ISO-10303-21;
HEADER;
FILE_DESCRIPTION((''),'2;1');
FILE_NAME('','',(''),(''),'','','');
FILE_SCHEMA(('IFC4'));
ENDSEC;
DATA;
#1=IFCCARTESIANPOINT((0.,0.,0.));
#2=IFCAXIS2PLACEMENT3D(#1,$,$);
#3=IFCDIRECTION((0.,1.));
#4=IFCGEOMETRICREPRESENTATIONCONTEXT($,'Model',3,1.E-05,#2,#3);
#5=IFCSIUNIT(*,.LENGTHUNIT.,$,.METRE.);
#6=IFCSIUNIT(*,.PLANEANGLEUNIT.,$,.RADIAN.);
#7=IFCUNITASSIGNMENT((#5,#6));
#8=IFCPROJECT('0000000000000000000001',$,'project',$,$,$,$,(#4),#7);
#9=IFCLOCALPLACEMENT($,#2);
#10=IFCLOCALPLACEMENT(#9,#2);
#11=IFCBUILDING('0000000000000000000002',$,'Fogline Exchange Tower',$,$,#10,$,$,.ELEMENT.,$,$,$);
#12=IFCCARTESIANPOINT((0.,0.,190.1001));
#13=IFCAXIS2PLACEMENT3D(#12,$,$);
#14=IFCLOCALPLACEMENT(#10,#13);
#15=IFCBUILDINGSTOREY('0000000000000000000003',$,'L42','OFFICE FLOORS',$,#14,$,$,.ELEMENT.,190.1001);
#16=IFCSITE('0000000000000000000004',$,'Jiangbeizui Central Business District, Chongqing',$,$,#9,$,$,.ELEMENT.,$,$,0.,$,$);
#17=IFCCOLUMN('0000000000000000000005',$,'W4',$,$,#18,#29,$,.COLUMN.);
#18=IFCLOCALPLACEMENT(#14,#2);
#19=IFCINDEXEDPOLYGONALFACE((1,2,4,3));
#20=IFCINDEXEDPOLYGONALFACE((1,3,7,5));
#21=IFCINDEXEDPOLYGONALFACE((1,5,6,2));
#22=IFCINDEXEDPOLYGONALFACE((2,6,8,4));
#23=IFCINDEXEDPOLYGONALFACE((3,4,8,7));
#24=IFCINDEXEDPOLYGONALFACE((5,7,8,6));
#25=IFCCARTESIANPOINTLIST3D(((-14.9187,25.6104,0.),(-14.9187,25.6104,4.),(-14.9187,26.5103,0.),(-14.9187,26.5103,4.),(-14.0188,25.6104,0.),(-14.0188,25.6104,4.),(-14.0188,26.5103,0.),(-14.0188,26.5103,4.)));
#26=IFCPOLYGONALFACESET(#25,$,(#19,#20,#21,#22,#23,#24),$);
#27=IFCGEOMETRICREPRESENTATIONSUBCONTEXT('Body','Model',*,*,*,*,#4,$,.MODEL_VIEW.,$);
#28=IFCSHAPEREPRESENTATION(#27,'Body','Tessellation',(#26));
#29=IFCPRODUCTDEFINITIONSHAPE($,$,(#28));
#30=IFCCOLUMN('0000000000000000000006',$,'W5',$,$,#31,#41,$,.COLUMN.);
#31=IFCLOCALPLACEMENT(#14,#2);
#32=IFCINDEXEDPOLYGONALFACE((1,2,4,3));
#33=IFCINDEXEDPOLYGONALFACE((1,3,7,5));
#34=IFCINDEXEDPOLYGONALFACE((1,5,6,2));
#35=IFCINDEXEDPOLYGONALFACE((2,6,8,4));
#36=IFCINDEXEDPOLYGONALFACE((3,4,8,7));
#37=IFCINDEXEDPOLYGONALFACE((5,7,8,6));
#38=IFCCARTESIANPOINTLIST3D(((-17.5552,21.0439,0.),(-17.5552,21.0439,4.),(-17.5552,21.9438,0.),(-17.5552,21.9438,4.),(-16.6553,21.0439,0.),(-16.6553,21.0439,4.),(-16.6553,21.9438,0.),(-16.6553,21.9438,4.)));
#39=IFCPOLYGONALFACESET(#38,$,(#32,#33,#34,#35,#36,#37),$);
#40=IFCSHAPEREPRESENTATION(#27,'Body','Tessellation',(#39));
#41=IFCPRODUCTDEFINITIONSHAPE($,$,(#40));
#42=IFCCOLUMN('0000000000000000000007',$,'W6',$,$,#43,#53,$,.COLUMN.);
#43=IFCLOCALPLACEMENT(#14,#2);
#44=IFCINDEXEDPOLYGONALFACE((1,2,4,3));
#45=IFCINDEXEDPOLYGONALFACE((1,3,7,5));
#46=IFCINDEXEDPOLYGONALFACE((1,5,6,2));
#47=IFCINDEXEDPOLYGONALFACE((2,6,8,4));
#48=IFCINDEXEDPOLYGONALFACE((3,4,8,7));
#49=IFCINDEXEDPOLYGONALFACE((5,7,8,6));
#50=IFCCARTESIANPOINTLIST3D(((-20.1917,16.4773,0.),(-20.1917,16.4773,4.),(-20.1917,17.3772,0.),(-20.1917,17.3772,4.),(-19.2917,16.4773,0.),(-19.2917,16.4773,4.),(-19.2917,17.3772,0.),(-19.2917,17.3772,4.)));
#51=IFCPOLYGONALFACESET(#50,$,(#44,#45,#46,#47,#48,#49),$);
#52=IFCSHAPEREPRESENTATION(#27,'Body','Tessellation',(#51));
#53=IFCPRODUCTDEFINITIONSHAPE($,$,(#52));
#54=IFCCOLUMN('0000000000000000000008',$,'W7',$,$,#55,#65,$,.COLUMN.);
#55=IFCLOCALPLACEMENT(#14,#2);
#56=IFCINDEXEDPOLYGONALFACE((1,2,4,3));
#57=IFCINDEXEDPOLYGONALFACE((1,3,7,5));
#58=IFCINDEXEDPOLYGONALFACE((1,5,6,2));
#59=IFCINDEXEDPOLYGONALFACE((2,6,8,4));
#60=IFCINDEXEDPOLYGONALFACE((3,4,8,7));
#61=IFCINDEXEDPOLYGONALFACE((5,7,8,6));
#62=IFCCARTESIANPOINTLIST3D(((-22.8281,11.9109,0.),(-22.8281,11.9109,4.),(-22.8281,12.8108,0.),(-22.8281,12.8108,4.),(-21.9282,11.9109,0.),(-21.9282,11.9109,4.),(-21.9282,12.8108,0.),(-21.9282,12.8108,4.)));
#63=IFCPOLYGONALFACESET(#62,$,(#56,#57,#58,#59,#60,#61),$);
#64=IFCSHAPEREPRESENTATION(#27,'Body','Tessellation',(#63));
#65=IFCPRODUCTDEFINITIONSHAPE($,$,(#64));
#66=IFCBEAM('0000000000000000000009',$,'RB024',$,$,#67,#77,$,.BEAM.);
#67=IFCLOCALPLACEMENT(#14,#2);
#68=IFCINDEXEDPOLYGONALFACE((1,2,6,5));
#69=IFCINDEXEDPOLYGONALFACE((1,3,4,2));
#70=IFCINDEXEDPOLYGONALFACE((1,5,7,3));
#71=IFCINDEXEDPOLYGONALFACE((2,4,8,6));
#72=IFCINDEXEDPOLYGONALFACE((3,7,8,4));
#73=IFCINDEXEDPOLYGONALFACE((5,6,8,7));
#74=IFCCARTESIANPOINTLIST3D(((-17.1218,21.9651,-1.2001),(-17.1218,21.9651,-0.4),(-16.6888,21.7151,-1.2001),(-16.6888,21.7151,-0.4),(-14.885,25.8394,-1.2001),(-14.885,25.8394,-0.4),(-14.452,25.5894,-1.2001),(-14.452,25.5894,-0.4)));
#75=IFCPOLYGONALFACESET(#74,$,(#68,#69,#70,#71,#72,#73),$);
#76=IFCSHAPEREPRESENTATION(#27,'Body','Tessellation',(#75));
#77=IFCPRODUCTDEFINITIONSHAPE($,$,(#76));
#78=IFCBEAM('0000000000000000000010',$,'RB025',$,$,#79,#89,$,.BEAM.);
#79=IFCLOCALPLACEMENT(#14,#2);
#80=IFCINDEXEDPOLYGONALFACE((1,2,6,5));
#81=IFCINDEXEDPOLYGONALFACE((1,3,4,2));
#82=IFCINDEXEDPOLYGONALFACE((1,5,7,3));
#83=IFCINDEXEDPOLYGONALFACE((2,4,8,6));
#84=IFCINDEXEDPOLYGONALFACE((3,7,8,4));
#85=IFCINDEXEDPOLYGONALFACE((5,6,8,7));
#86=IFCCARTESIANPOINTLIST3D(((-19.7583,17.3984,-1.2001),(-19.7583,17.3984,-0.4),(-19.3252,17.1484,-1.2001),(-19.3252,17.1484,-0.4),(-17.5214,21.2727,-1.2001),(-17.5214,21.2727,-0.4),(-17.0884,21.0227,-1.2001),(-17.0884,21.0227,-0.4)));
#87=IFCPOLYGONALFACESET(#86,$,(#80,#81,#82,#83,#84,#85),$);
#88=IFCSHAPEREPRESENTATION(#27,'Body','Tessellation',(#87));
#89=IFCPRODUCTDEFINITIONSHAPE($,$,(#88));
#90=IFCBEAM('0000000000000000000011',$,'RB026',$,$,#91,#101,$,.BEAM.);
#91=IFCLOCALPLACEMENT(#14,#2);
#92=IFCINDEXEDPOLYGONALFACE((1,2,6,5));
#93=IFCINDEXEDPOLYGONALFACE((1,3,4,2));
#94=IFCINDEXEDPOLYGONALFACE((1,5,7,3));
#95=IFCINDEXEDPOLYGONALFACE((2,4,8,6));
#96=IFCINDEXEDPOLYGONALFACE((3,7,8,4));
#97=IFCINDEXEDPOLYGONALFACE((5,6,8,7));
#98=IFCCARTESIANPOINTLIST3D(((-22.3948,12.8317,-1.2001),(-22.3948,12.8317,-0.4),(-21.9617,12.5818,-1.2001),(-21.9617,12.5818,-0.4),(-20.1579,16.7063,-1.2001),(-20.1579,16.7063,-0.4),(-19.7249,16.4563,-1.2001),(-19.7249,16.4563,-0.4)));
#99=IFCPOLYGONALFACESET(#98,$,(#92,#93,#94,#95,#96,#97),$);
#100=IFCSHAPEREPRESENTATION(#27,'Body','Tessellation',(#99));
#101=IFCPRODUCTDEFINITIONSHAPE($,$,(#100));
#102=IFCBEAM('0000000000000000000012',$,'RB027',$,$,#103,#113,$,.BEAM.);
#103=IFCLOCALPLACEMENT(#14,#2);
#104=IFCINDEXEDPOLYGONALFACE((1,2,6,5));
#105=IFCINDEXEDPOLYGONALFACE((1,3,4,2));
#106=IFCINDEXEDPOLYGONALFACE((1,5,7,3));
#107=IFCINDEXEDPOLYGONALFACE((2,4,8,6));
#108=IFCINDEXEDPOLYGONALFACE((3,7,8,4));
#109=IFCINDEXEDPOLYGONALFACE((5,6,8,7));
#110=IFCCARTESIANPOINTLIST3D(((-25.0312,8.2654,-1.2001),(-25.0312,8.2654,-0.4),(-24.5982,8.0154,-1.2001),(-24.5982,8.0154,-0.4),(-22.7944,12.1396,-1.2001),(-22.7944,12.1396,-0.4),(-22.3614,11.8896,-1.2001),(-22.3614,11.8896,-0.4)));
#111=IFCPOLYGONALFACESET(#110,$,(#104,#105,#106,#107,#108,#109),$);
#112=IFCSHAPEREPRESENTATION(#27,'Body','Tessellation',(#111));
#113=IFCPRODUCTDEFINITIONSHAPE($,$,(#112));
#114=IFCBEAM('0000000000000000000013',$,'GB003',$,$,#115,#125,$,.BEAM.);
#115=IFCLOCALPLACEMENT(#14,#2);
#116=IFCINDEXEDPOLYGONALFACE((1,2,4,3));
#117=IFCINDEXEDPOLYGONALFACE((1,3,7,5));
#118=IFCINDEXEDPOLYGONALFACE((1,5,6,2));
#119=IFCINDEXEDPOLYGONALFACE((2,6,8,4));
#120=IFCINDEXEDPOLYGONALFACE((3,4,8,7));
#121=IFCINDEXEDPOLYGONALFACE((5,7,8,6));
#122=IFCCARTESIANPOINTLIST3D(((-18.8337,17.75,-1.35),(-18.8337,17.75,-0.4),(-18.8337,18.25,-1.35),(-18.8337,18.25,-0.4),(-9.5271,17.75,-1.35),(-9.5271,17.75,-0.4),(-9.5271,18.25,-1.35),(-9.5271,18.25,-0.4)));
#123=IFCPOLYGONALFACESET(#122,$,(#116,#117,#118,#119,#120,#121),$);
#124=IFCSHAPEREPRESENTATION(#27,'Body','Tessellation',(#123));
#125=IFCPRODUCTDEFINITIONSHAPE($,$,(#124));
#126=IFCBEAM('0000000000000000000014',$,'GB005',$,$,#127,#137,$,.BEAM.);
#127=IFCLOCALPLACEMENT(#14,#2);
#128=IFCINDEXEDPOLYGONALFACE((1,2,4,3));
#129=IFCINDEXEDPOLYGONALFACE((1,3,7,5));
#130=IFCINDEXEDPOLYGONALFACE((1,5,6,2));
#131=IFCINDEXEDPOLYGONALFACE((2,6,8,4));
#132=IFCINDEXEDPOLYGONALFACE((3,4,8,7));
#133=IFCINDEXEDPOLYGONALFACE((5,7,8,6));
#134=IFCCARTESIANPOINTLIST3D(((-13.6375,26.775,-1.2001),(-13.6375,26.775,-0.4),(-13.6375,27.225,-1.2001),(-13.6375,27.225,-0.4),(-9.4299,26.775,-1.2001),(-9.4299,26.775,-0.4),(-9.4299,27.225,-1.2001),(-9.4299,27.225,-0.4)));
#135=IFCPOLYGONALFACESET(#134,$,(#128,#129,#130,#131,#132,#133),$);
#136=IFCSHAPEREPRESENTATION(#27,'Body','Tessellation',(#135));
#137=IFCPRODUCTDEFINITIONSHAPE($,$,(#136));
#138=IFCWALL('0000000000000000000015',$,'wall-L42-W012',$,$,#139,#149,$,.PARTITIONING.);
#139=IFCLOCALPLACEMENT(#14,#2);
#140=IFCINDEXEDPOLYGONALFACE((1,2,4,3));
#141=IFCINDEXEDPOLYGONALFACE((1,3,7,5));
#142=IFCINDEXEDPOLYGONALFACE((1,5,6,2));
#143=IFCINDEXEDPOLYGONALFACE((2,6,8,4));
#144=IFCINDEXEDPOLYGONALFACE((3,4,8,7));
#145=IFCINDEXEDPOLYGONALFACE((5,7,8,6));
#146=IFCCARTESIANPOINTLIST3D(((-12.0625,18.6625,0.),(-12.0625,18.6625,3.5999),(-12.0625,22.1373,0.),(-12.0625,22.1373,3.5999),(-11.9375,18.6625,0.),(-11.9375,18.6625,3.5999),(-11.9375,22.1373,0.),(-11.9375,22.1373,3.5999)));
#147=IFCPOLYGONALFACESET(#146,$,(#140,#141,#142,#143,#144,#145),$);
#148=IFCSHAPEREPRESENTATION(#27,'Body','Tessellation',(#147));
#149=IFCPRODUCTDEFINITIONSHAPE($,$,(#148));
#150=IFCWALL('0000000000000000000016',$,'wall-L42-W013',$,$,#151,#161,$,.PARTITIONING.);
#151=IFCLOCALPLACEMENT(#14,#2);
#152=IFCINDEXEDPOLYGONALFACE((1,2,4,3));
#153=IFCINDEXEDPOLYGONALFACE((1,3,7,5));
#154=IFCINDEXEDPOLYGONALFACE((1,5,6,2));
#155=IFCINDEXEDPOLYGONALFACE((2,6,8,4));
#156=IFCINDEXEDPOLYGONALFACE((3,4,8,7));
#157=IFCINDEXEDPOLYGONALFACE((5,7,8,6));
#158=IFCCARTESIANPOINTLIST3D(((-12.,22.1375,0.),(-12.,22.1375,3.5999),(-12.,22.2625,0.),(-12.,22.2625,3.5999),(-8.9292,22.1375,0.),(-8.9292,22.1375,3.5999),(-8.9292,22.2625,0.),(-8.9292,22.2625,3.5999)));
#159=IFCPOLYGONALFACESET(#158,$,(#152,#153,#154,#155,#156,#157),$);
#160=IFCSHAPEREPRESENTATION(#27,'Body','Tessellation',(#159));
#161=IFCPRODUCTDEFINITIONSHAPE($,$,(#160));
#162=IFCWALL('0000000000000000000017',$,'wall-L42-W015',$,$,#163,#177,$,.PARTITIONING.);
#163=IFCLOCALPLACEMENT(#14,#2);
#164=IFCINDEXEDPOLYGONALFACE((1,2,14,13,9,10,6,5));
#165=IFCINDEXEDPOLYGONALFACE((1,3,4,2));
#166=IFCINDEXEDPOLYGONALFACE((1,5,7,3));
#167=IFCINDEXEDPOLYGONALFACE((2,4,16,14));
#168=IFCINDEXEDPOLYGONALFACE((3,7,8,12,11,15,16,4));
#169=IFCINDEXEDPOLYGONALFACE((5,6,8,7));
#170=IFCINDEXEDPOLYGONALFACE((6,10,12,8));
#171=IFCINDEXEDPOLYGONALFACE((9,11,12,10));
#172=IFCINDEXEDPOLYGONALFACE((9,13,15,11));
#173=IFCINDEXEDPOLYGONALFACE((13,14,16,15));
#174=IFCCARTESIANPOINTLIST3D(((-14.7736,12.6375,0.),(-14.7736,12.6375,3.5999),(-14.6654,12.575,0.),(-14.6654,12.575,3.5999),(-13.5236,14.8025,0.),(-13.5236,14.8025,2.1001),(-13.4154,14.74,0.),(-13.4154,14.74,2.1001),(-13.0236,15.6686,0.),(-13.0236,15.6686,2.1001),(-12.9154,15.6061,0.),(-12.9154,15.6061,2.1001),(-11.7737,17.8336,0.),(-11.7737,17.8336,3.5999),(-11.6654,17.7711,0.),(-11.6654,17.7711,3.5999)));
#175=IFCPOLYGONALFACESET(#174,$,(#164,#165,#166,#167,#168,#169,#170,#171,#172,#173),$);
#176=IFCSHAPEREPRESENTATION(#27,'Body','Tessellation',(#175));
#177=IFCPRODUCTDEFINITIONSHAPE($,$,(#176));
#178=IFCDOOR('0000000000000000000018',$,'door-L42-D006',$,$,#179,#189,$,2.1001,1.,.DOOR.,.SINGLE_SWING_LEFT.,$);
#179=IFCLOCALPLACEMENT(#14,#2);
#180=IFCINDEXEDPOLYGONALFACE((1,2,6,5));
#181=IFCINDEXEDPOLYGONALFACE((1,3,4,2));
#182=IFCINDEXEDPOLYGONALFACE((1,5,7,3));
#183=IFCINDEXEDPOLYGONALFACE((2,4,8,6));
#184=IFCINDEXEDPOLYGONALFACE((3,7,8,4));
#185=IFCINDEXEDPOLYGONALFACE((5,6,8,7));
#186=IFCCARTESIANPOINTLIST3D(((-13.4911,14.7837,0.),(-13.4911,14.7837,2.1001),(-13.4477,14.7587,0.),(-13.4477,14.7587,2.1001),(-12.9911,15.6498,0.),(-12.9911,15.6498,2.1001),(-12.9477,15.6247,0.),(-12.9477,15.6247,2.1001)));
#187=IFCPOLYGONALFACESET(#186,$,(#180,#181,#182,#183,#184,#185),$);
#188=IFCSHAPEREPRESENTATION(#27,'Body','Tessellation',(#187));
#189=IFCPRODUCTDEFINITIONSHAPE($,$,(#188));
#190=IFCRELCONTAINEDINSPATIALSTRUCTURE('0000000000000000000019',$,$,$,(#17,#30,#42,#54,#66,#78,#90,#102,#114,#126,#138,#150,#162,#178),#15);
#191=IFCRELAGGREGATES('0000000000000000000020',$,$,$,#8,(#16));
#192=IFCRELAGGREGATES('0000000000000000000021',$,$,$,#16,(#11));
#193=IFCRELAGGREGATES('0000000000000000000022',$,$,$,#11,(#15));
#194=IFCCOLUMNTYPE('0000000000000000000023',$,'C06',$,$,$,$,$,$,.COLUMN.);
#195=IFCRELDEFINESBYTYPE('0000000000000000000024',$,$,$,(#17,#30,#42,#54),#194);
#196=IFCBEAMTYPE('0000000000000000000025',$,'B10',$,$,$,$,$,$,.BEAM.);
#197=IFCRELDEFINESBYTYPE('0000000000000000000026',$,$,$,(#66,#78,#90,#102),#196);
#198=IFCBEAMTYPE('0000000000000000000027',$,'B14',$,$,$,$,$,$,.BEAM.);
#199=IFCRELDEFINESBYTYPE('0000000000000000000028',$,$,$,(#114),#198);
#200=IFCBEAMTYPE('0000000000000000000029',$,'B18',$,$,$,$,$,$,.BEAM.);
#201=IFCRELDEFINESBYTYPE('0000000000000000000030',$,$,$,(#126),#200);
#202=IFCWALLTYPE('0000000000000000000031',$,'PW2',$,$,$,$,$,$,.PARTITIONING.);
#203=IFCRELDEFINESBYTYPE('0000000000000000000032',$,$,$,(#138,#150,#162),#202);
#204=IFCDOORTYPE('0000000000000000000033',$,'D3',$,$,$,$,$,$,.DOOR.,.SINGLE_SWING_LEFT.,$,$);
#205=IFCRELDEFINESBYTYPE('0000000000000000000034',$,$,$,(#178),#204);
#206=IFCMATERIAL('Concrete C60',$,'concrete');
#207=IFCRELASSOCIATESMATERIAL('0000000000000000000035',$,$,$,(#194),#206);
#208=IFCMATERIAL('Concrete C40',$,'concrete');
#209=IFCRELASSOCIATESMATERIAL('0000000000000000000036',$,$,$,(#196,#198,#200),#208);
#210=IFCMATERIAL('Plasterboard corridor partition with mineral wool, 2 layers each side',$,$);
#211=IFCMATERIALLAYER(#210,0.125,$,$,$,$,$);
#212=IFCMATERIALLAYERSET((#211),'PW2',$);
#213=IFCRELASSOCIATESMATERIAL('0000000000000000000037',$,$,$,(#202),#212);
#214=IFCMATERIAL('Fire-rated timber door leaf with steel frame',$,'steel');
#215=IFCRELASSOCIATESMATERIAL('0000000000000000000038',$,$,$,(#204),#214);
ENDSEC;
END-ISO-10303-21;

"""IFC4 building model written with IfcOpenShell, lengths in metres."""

from ifc_helpers import new_model, si_unit, direction, frame, frame_2d, origin, origin_2d, place, context, subcontext, project, spatial, rectangle, extrude, material, layer, layer_set, material_profile, profile_set, type_object, element, fill, save


model = new_model("IFC4")

# Units and contexts
model_context = context("Model", 3, precision=1e-05, world=origin(), true_north=direction((0.0, 1.0)))
body_context = subcontext(model_context, "Body", "Model", "MODEL_VIEW")
ifc_project = project(units=[si_unit("LENGTHUNIT", "METRE"), si_unit("PLANEANGLEUNIT", "RADIAN")], contexts=[model_context])

# Site, building, storey
site_placement = place(None, origin())
site = spatial("IfcSite", under=ifc_project, at=site_placement, Name="Jiangbeizui Central Business District, Chongqing", CompositionType="ELEMENT", RefElevation=0.0)
building_placement = place(site_placement, origin())
building = spatial("IfcBuilding", under=site, at=building_placement, Name="Fogline Exchange Tower", CompositionType="ELEMENT")
storey_placement = place(building_placement, frame((0.0, 0.0, 190.1001)))
storey = spatial("IfcBuildingStorey", under=building, at=storey_placement, Name="L42", Description="OFFICE FLOORS", CompositionType="ELEMENT", Elevation=190.1001)

# Columns
ifc_material_1 = material(Name="Concrete C60", Category="concrete")
ifc_material_profile_1 = material_profile(ifc_material_1, rectangle(XDim=0.8999, YDim=0.8999, at=origin_2d()), Name="RC 900x900")
ifc_profile_set_1 = profile_set([ifc_material_profile_1], Name="Concrete C60")
column_type = type_object("IfcColumnType", Name="C06", PredefinedType="COLUMN", material=ifc_profile_set_1)
for number, where, z_axis, x_axis, name in (
    (1, (-14.4688, 26.0603, 0.0), (0.0, 0.0, 1.0), (1.0, 0.0, 0.0), "W4"),
    (2, (-17.1052, 21.4939, 0.0), (0.0, 0.0, 1.0), (1.0, 0.0, 0.0), "W5"),
    (3, (-19.7417, 16.9272, 0.0), (0.0, 0.0, 1.0), (1.0, 0.0, 0.0), "W6"),
    (4, (-22.3782, 12.3608, 0.0), (0.0, 0.0, 1.0), (1.0, 0.0, 0.0), "W7"),
):
    element("IfcColumn", number, at=place(storey_placement, frame(where, z_axis=z_axis, x_axis=x_axis)), inside=storey, type_object=column_type, Name=name, PredefinedType="COLUMN", context=body_context, shape_type="SweptSolid", body=[
        extrude(rectangle(XDim=0.8999, YDim=0.8999, at=origin_2d()), origin(), (0.0, 0.0, 1.0), 4.0),
    ])

# Beams
ifc_material_2 = material(Name="Concrete C40", Category="concrete")
ifc_material_profile_2 = material_profile(ifc_material_2, rectangle(XDim=0.5, YDim=0.8, at=origin_2d()), Name="RC 500x800")
ifc_profile_set_2 = profile_set([ifc_material_profile_2], Name="Concrete C40")
beam_type_1 = type_object("IfcBeamType", Name="B10", PredefinedType="BEAM", material=ifc_profile_set_2)
for number, where, z_axis, x_axis, name in (
    (5, (-14.6685, 25.7144, -0.8), (-0.500001, -0.866025, 0.0), (0.866025, -0.500001, 0.0), "RB024"),
    (6, (-17.3049, 21.1477, -0.8), (-0.500001, -0.866025, 0.0), (0.866025, -0.500001, 0.0), "RB025"),
):
    element("IfcBeam", number, at=place(storey_placement, frame(where, z_axis=z_axis, x_axis=x_axis)), inside=storey, type_object=beam_type_1, Name=name, PredefinedType="BEAM", context=body_context, shape_type="SweptSolid", body=[
        extrude(rectangle(XDim=0.5, YDim=0.8, at=origin_2d()), origin(), (0.0, 0.0, 1.0), 4.4736),
    ])
beam_1_placement = place(storey_placement, frame((-19.9414, 16.5813, -0.8), z_axis=(-0.499978, -0.866038, 0.0), x_axis=(0.866038, -0.499978, 0.0)))
element("IfcBeam", 7, at=beam_1_placement, inside=storey, type_object=beam_type_1, Name="RB026", PredefinedType="BEAM", context=body_context, shape_type="SweptSolid", body=[
    extrude(rectangle(XDim=0.5, YDim=0.8, at=origin_2d()), origin(), (0.0, 0.0, 1.0), 4.4739),
])
beam_2_placement = place(storey_placement, frame((-22.5779, 12.0146, -0.8), z_axis=(-0.500001, -0.866025, 0.0), x_axis=(0.866025, -0.500001, 0.0)))
element("IfcBeam", 8, at=beam_2_placement, inside=storey, type_object=beam_type_1, Name="RB027", PredefinedType="BEAM", context=body_context, shape_type="SweptSolid", body=[
    extrude(rectangle(XDim=0.5, YDim=0.8, at=origin_2d()), origin(), (0.0, 0.0, 1.0), 4.4736),
])
ifc_material_profile_3 = material_profile(ifc_material_2, rectangle(XDim=0.5, YDim=0.95, at=origin_2d()), Name="RC 500x950")
ifc_profile_set_3 = profile_set([ifc_material_profile_3], Name="Concrete C40")
beam_type_2 = type_object("IfcBeamType", Name="B14", PredefinedType="BEAM", material=ifc_profile_set_3)
beam_3_placement = place(storey_placement, frame((-18.8337, 18.0, -0.875), z_axis=(1.0, 0.0, 0.0), x_axis=(0.0, 1.0, 0.0)))
element("IfcBeam", 9, at=beam_3_placement, inside=storey, type_object=beam_type_2, Name="GB003", PredefinedType="BEAM", context=body_context, shape_type="SweptSolid", body=[
    extrude(rectangle(XDim=0.5, YDim=0.95, at=origin_2d()), origin(), (0.0, 0.0, 1.0), 9.3066),
])
ifc_material_profile_4 = material_profile(ifc_material_2, rectangle(XDim=0.45, YDim=0.8, at=origin_2d()), Name="RC 450x800")
ifc_profile_set_4 = profile_set([ifc_material_profile_4], Name="Concrete C40")
beam_type_3 = type_object("IfcBeamType", Name="B18", PredefinedType="BEAM", material=ifc_profile_set_4)
beam_4_placement = place(storey_placement, frame((-13.6375, 27.0, -0.8), z_axis=(1.0, 0.0, 0.0), x_axis=(0.0, 1.0, 0.0)))
element("IfcBeam", 10, at=beam_4_placement, inside=storey, type_object=beam_type_3, Name="GB005", PredefinedType="BEAM", context=body_context, shape_type="SweptSolid", body=[
    extrude(rectangle(XDim=0.45, YDim=0.8, at=origin_2d()), origin(), (0.0, 0.0, 1.0), 4.2075),
])

# Walls
ifc_material_3 = material(Name="Plasterboard corridor partition with mineral wool, 2 layers each side")
ifc_layer_1 = layer(ifc_material_3, 0.125)
ifc_layer_set_1 = layer_set([ifc_layer_1], Name="PW2")
wall_type_1 = type_object("IfcWallType", Name="PW2", PredefinedType="PARTITIONING", material=ifc_layer_set_1)
wall_1_placement = place(storey_placement, frame((-12.0, 18.6626, 0.0), z_axis=(0.0, 0.0, 1.0), x_axis=(0.0, 1.0, 0.0)))
element("IfcWall", 11, at=wall_1_placement, inside=storey, type_object=wall_type_1, Name="wall-L42-W012", PredefinedType="PARTITIONING", context=body_context, shape_type="SweptSolid", body=[
    extrude(rectangle(XDim=3.4749, YDim=0.125, at=frame_2d((1.7373, 0.0))), origin(), (0.0, 0.0, 1.0), 3.5999),
])
wall_2_placement = place(storey_placement, frame((-12.0, 22.2, 0.0), z_axis=(0.0, 0.0, 1.0), x_axis=(1.0, 0.0, 0.0)))
element("IfcWall", 12, at=wall_2_placement, inside=storey, type_object=wall_type_1, Name="wall-L42-W013", PredefinedType="PARTITIONING", context=body_context, shape_type="SweptSolid", body=[
    extrude(rectangle(XDim=3.0708, YDim=0.125, at=frame_2d((1.5354, 0.0))), origin(), (0.0, 0.0, 1.0), 3.5999),
])

# Wall, opening, door
wall_3_placement = place(storey_placement, frame((-14.7195, 12.6062, 0.0), z_axis=(0.0, 0.0, 1.0), x_axis=(0.49999, 0.866031, 0.0)))
wall_3 = element("IfcWall", 13, at=wall_3_placement, inside=storey, type_object=wall_type_1, Name="wall-L42-W015", PredefinedType="PARTITIONING", context=body_context, shape_type="SweptSolid", body=[
    extrude(rectangle(XDim=6.0, YDim=0.125, at=frame_2d((3.0, 0.0))), origin(), (0.0, 0.0, 1.0), 3.5999),
])
opening_placement = place(wall_3_placement, frame((2.5, 0.0, 0.0)))
opening = element("IfcOpeningElement", 14, at=opening_placement, cuts=wall_3, PredefinedType="OPENING", context=body_context, shape_type="SweptSolid", body=[
    extrude(rectangle(XDim=1.0, YDim=2.1001, at=frame_2d((0.5, 1.05))), frame((0.0, 0.0725, 0.0), z_axis=(0.0, -1.0, 0.0), x_axis=(1.0, 0.0, 0.0)), (0.0, 0.0, 1.0), 0.145),
])
ifc_material_4 = material(Name="Fire-rated timber door leaf with steel frame", Category="steel")
door_type = type_object("IfcDoorType", Name="D3", OperationType="SINGLE_SWING_LEFT", PredefinedType="DOOR", material=ifc_material_4)
door_placement = place(opening_placement, origin())
door = element("IfcDoor", 15, at=door_placement, inside=storey, type_object=door_type, Name="door-L42-D006", OperationType="SINGLE_SWING_LEFT", OverallHeight=2.1001, OverallWidth=1.0, PredefinedType="DOOR", context=body_context, shape_type="SweptSolid", body=[
    extrude(rectangle(XDim=1.0, YDim=2.1001, at=frame_2d((0.5, 1.05))), frame((0.0, 0.0249, 0.0), z_axis=(0.0, -1.0, 0.0), x_axis=(1.0, 0.0, 0.0)), (0.0, 0.0, 1.0), 0.05),
])
fill(opening, door)

save(model, "model.ifc")
